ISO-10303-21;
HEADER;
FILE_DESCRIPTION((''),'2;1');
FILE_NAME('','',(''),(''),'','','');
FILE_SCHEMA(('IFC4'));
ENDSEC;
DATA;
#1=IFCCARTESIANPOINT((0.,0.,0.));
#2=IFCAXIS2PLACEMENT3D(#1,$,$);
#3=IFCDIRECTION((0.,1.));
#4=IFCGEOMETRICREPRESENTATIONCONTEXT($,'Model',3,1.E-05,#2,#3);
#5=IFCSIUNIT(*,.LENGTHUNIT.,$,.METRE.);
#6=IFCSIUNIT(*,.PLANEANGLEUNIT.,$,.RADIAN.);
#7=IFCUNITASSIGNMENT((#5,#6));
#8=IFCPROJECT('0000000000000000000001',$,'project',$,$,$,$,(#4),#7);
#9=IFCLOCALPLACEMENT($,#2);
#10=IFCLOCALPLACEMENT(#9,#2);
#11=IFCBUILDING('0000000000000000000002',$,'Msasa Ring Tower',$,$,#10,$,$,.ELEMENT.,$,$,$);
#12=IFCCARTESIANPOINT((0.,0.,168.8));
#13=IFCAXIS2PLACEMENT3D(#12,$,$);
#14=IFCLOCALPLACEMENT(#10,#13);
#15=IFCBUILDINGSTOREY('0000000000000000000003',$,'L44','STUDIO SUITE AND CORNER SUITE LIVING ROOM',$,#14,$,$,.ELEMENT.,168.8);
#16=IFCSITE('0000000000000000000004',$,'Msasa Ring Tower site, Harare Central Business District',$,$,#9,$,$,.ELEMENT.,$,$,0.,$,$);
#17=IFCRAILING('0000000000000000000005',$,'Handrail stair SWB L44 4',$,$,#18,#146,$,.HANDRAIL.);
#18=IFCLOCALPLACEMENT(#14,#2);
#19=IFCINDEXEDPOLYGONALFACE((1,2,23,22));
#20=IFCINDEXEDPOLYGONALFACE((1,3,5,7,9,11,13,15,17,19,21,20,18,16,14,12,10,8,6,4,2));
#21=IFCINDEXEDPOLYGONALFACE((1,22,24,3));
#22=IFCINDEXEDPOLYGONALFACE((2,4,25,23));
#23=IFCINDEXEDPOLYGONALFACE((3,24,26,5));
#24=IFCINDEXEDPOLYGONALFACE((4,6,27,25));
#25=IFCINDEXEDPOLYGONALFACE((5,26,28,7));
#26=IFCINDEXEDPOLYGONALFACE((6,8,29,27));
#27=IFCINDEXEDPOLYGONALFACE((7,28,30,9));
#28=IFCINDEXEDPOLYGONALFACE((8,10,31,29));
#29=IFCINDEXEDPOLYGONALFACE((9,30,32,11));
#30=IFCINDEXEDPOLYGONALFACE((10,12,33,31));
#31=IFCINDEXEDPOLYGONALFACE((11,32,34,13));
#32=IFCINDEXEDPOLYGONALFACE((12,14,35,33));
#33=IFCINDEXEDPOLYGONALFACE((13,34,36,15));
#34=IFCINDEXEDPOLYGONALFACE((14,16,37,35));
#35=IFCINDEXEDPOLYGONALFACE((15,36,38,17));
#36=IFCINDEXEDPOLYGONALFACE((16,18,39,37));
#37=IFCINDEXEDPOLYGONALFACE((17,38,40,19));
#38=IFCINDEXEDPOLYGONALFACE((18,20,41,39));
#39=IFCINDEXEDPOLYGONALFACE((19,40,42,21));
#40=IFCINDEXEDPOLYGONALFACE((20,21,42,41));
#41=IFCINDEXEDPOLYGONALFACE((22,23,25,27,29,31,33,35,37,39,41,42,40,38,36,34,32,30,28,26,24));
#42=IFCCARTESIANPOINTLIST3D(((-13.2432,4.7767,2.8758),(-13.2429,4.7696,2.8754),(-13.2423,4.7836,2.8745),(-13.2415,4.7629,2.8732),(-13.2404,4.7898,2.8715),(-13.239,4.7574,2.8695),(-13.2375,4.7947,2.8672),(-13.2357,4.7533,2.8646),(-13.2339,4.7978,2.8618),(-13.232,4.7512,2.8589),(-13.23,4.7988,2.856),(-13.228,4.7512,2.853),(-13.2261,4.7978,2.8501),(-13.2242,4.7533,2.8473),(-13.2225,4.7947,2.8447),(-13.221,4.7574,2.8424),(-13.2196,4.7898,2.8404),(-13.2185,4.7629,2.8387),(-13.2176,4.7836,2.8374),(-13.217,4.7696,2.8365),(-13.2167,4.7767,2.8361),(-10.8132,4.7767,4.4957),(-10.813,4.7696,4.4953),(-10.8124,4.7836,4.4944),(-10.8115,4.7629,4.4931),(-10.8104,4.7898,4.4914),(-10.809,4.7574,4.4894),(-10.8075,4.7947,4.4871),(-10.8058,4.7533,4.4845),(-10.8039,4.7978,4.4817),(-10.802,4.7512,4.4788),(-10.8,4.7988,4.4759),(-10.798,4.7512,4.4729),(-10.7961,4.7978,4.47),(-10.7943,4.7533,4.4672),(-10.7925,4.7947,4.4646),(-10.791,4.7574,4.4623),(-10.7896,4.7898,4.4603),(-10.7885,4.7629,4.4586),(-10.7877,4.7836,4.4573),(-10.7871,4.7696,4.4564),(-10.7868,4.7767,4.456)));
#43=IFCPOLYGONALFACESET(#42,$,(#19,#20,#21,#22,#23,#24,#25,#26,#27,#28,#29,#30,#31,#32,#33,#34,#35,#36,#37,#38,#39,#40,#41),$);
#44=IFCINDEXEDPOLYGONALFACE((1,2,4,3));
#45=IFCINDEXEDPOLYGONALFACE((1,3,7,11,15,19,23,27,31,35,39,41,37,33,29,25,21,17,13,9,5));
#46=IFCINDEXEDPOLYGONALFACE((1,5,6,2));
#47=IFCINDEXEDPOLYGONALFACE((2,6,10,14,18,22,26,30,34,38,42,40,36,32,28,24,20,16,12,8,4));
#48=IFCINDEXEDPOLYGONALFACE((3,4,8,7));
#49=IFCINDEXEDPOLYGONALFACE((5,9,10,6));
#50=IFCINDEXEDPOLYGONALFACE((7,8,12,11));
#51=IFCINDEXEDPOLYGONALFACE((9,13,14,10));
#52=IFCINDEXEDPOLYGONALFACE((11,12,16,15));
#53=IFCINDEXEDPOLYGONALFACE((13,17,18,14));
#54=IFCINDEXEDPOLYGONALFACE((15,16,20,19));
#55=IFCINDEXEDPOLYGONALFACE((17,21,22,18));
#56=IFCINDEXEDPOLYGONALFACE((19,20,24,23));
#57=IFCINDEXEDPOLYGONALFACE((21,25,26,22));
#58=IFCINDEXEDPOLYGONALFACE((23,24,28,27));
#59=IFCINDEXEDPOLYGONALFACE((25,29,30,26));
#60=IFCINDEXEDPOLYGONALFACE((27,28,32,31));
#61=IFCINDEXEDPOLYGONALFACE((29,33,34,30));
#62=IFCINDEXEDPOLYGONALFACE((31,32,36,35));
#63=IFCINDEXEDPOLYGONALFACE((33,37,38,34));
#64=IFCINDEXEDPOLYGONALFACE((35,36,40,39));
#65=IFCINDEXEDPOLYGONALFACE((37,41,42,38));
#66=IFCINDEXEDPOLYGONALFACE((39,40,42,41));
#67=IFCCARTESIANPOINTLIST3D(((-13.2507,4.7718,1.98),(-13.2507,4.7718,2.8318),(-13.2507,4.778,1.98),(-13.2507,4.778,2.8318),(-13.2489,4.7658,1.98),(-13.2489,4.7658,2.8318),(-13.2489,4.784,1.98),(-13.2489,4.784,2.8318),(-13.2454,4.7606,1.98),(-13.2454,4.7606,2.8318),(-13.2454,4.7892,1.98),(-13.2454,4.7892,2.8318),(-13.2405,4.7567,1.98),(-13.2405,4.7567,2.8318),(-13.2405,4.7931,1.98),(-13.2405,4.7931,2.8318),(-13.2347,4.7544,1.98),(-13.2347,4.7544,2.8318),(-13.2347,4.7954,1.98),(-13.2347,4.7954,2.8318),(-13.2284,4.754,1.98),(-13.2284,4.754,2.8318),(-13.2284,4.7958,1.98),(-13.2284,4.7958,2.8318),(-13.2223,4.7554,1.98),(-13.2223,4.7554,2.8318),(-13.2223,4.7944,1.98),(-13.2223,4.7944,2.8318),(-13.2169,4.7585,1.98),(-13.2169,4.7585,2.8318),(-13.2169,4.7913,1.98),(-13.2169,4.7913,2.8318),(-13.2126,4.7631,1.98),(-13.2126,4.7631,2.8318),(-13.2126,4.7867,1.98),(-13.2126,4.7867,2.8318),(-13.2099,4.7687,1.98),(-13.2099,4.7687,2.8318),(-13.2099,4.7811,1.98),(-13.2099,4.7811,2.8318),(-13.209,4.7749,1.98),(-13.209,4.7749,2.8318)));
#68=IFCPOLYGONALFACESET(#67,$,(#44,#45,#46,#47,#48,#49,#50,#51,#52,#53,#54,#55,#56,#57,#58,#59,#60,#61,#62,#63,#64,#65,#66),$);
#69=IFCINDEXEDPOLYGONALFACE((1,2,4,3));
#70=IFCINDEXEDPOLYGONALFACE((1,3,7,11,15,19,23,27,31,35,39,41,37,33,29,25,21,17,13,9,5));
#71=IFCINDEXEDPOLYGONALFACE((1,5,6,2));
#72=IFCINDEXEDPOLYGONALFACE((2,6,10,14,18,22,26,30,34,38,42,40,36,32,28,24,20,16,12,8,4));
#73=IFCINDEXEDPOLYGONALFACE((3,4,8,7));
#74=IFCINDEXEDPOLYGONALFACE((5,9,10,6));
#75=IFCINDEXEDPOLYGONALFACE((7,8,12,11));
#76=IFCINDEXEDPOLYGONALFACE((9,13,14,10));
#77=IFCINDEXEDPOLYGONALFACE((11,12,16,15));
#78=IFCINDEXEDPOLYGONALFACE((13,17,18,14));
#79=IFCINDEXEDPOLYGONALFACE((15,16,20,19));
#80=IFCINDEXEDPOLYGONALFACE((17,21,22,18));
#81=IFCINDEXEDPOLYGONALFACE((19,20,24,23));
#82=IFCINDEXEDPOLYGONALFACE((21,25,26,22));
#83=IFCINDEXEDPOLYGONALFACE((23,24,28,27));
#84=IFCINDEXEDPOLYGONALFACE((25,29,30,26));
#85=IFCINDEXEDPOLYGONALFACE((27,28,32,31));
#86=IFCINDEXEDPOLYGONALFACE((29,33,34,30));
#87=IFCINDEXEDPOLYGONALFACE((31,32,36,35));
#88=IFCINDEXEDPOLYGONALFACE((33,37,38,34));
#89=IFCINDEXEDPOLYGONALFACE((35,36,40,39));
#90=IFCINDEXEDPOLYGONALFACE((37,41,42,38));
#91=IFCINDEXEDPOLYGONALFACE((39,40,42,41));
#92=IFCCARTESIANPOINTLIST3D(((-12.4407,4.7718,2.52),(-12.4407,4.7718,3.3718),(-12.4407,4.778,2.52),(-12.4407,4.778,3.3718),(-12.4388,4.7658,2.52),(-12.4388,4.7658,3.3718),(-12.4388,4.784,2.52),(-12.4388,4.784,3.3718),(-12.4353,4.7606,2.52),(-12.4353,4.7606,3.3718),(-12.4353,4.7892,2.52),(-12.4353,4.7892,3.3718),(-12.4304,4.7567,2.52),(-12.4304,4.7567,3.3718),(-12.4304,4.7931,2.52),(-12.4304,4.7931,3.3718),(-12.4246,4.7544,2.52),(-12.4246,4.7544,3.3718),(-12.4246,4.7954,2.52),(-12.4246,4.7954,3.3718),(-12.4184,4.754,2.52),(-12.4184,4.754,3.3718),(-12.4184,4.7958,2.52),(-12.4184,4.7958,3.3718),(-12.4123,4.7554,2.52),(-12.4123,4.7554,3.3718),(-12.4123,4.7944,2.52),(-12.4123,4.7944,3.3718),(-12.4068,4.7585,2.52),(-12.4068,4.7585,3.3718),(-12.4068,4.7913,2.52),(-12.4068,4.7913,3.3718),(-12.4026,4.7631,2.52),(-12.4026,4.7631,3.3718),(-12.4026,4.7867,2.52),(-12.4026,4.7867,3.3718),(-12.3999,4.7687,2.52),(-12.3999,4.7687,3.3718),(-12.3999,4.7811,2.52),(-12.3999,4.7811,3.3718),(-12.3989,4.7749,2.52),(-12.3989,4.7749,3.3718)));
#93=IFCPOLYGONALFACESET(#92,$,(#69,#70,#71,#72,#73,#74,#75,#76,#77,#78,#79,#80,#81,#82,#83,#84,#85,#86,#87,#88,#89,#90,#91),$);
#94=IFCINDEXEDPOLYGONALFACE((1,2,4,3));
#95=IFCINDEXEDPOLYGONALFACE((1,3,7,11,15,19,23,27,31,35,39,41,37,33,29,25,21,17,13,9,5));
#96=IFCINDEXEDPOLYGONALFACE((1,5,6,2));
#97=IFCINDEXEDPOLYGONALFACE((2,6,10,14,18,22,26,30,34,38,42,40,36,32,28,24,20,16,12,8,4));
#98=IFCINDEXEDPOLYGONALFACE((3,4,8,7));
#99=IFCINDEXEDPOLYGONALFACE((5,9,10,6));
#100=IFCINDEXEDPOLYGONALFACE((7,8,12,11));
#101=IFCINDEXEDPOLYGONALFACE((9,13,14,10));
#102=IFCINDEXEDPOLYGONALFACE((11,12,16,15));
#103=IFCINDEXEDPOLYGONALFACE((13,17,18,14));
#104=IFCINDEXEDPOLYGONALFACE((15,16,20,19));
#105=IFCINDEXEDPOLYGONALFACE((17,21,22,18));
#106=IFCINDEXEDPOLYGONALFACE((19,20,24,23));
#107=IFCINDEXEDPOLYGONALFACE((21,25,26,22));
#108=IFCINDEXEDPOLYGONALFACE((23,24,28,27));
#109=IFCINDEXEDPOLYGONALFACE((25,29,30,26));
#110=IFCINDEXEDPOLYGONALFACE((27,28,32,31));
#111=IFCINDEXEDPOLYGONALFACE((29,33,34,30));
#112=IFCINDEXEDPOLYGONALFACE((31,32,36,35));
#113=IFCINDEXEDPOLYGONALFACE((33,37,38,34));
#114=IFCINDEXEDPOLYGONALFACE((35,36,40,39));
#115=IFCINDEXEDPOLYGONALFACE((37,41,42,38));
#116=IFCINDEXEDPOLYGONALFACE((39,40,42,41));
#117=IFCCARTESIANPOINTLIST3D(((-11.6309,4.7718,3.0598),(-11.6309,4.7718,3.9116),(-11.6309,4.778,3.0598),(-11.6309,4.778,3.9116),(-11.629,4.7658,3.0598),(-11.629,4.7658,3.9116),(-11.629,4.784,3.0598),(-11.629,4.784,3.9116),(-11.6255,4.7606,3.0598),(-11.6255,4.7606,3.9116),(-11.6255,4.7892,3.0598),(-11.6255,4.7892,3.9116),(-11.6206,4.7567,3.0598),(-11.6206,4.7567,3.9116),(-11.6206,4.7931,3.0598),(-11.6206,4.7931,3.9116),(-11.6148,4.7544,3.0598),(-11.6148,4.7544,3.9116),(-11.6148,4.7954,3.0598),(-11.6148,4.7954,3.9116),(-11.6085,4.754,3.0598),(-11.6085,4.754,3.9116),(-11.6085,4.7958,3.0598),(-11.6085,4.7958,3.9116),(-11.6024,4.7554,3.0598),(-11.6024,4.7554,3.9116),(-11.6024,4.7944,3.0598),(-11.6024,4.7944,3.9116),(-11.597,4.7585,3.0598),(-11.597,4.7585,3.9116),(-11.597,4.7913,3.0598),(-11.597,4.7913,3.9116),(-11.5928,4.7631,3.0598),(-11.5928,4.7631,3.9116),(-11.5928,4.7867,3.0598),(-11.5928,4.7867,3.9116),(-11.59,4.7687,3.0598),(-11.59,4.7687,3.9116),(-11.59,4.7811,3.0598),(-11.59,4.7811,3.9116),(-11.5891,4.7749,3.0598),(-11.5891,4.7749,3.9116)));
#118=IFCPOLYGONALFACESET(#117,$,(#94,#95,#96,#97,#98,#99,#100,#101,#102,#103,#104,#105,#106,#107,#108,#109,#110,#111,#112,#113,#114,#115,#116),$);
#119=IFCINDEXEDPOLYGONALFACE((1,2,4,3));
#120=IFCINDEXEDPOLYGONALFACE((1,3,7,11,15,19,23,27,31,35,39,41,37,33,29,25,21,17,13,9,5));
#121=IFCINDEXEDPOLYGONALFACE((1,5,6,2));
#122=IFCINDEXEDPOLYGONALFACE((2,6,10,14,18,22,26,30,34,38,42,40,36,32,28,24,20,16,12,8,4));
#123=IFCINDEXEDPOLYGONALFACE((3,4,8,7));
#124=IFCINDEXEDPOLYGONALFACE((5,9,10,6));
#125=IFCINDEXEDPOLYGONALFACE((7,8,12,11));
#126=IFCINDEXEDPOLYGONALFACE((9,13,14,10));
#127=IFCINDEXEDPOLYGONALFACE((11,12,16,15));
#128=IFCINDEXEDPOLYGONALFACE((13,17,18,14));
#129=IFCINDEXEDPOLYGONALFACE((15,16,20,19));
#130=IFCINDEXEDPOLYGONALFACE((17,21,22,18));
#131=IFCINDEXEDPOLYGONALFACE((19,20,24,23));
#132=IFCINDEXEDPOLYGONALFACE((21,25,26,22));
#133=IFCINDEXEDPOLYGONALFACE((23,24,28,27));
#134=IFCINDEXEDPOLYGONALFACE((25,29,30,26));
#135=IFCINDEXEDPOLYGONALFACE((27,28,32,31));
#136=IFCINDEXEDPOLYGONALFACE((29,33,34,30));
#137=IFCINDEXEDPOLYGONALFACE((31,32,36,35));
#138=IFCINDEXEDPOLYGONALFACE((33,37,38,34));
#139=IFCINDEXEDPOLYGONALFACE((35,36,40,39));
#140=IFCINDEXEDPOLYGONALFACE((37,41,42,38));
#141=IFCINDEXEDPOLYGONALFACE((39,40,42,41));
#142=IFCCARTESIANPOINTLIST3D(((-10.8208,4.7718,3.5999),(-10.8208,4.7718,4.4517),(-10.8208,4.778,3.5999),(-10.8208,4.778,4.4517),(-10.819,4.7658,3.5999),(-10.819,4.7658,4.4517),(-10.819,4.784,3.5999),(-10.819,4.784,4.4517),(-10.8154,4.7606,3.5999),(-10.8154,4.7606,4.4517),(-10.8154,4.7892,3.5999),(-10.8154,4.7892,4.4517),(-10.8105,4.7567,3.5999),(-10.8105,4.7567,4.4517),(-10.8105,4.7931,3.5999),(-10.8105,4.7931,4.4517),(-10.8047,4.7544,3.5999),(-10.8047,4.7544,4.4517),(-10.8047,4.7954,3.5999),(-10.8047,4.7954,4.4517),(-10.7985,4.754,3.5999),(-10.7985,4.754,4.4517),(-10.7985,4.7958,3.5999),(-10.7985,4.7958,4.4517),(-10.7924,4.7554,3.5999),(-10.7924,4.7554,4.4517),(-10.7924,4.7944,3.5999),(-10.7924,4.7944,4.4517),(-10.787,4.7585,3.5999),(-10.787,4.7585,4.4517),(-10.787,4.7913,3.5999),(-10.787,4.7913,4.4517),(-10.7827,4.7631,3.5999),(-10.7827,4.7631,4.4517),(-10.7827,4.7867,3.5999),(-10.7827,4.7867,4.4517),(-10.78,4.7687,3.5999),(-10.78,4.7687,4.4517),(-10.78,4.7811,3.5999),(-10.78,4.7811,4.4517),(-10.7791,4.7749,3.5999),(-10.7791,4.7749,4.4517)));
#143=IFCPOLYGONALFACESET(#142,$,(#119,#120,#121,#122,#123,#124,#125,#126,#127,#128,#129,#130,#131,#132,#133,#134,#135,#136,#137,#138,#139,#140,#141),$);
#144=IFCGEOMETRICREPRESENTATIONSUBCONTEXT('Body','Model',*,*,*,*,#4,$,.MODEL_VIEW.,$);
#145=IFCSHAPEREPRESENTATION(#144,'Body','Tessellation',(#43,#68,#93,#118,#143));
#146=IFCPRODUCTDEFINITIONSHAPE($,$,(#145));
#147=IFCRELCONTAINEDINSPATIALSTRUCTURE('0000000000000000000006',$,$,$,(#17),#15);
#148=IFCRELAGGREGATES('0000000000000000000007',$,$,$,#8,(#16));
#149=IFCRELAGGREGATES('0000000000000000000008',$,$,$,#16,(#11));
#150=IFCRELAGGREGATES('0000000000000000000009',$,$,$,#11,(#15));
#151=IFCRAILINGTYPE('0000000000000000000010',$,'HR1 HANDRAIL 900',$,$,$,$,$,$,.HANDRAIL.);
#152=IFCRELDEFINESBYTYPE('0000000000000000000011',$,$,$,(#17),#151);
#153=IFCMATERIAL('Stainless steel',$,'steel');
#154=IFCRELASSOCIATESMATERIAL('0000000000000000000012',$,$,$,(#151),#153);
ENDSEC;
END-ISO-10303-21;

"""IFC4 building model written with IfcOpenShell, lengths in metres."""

from ifc_helpers import new_model, si_unit, direction, frame, origin, origin_2d, place, context, subcontext, project, spatial, circle, extrude, material, type_object, element, save


model = new_model("IFC4")

# Units and contexts
model_context = context("Model", 3, precision=1e-05, world=origin(), true_north=direction((0.0, 1.0)))
body_context = subcontext(model_context, "Body", "Model", "MODEL_VIEW")
ifc_project = project(units=[si_unit("LENGTHUNIT", "METRE"), si_unit("PLANEANGLEUNIT", "RADIAN")], contexts=[model_context])

# Site, building, storey
site_placement = place(None, origin())
site = spatial("IfcSite", under=ifc_project, at=site_placement, Name="Msasa Ring Tower site, Harare Central Business District", CompositionType="ELEMENT", RefElevation=0.0)
building_placement = place(site_placement, origin())
building = spatial("IfcBuilding", under=site, at=building_placement, Name="Msasa Ring Tower", CompositionType="ELEMENT")
storey_placement = place(building_placement, frame((0.0, 0.0, 168.8)))
storey = spatial("IfcBuildingStorey", under=building, at=storey_placement, Name="L44", Description="STUDIO SUITE AND CORNER SUITE LIVING ROOM", CompositionType="ELEMENT", Elevation=168.8)

# Railing
ifc_material_1 = material(Name="Stainless steel", Category="steel")
railing_type = type_object("IfcRailingType", Name="HR1 HANDRAIL 900", PredefinedType="HANDRAIL", material=ifc_material_1)
for number, where, name in (
    (1, (-13.23, 4.7749, 1.98), "Handrail stair SWB L44 4"),
):
    element("IfcRailing", number, at=place(storey_placement, frame(where)), inside=storey, type_object=railing_type, Name=name, PredefinedType="HANDRAIL", context=body_context, shape_type="SweptSolid", body=[
        extrude(circle(Radius=0.0239, at=origin_2d()), frame((0.0, 0.0, 0.876), z_axis=(0.832063, 0.0, 0.554681), x_axis=(0.0, 1.0, 0.0)), (0.0, 0.0, 1.0), 2.9204),
        extrude(circle(Radius=0.021, at=origin_2d()), origin(), (0.0, 0.0, 1.0), 0.8518),
        extrude(circle(Radius=0.021, at=origin_2d()), frame((0.8101, 0.0, 0.54)), (0.0, 0.0, 1.0), 0.8518),
        extrude(circle(Radius=0.021, at=origin_2d()), frame((1.6199, 0.0, 1.0798)), (0.0, 0.0, 1.0), 0.8518),
        extrude(circle(Radius=0.021, at=origin_2d()), frame((2.4299, 0.0, 1.6199)), (0.0, 0.0, 1.0), 0.8518),
    ])

save(model, "model.ifc")
